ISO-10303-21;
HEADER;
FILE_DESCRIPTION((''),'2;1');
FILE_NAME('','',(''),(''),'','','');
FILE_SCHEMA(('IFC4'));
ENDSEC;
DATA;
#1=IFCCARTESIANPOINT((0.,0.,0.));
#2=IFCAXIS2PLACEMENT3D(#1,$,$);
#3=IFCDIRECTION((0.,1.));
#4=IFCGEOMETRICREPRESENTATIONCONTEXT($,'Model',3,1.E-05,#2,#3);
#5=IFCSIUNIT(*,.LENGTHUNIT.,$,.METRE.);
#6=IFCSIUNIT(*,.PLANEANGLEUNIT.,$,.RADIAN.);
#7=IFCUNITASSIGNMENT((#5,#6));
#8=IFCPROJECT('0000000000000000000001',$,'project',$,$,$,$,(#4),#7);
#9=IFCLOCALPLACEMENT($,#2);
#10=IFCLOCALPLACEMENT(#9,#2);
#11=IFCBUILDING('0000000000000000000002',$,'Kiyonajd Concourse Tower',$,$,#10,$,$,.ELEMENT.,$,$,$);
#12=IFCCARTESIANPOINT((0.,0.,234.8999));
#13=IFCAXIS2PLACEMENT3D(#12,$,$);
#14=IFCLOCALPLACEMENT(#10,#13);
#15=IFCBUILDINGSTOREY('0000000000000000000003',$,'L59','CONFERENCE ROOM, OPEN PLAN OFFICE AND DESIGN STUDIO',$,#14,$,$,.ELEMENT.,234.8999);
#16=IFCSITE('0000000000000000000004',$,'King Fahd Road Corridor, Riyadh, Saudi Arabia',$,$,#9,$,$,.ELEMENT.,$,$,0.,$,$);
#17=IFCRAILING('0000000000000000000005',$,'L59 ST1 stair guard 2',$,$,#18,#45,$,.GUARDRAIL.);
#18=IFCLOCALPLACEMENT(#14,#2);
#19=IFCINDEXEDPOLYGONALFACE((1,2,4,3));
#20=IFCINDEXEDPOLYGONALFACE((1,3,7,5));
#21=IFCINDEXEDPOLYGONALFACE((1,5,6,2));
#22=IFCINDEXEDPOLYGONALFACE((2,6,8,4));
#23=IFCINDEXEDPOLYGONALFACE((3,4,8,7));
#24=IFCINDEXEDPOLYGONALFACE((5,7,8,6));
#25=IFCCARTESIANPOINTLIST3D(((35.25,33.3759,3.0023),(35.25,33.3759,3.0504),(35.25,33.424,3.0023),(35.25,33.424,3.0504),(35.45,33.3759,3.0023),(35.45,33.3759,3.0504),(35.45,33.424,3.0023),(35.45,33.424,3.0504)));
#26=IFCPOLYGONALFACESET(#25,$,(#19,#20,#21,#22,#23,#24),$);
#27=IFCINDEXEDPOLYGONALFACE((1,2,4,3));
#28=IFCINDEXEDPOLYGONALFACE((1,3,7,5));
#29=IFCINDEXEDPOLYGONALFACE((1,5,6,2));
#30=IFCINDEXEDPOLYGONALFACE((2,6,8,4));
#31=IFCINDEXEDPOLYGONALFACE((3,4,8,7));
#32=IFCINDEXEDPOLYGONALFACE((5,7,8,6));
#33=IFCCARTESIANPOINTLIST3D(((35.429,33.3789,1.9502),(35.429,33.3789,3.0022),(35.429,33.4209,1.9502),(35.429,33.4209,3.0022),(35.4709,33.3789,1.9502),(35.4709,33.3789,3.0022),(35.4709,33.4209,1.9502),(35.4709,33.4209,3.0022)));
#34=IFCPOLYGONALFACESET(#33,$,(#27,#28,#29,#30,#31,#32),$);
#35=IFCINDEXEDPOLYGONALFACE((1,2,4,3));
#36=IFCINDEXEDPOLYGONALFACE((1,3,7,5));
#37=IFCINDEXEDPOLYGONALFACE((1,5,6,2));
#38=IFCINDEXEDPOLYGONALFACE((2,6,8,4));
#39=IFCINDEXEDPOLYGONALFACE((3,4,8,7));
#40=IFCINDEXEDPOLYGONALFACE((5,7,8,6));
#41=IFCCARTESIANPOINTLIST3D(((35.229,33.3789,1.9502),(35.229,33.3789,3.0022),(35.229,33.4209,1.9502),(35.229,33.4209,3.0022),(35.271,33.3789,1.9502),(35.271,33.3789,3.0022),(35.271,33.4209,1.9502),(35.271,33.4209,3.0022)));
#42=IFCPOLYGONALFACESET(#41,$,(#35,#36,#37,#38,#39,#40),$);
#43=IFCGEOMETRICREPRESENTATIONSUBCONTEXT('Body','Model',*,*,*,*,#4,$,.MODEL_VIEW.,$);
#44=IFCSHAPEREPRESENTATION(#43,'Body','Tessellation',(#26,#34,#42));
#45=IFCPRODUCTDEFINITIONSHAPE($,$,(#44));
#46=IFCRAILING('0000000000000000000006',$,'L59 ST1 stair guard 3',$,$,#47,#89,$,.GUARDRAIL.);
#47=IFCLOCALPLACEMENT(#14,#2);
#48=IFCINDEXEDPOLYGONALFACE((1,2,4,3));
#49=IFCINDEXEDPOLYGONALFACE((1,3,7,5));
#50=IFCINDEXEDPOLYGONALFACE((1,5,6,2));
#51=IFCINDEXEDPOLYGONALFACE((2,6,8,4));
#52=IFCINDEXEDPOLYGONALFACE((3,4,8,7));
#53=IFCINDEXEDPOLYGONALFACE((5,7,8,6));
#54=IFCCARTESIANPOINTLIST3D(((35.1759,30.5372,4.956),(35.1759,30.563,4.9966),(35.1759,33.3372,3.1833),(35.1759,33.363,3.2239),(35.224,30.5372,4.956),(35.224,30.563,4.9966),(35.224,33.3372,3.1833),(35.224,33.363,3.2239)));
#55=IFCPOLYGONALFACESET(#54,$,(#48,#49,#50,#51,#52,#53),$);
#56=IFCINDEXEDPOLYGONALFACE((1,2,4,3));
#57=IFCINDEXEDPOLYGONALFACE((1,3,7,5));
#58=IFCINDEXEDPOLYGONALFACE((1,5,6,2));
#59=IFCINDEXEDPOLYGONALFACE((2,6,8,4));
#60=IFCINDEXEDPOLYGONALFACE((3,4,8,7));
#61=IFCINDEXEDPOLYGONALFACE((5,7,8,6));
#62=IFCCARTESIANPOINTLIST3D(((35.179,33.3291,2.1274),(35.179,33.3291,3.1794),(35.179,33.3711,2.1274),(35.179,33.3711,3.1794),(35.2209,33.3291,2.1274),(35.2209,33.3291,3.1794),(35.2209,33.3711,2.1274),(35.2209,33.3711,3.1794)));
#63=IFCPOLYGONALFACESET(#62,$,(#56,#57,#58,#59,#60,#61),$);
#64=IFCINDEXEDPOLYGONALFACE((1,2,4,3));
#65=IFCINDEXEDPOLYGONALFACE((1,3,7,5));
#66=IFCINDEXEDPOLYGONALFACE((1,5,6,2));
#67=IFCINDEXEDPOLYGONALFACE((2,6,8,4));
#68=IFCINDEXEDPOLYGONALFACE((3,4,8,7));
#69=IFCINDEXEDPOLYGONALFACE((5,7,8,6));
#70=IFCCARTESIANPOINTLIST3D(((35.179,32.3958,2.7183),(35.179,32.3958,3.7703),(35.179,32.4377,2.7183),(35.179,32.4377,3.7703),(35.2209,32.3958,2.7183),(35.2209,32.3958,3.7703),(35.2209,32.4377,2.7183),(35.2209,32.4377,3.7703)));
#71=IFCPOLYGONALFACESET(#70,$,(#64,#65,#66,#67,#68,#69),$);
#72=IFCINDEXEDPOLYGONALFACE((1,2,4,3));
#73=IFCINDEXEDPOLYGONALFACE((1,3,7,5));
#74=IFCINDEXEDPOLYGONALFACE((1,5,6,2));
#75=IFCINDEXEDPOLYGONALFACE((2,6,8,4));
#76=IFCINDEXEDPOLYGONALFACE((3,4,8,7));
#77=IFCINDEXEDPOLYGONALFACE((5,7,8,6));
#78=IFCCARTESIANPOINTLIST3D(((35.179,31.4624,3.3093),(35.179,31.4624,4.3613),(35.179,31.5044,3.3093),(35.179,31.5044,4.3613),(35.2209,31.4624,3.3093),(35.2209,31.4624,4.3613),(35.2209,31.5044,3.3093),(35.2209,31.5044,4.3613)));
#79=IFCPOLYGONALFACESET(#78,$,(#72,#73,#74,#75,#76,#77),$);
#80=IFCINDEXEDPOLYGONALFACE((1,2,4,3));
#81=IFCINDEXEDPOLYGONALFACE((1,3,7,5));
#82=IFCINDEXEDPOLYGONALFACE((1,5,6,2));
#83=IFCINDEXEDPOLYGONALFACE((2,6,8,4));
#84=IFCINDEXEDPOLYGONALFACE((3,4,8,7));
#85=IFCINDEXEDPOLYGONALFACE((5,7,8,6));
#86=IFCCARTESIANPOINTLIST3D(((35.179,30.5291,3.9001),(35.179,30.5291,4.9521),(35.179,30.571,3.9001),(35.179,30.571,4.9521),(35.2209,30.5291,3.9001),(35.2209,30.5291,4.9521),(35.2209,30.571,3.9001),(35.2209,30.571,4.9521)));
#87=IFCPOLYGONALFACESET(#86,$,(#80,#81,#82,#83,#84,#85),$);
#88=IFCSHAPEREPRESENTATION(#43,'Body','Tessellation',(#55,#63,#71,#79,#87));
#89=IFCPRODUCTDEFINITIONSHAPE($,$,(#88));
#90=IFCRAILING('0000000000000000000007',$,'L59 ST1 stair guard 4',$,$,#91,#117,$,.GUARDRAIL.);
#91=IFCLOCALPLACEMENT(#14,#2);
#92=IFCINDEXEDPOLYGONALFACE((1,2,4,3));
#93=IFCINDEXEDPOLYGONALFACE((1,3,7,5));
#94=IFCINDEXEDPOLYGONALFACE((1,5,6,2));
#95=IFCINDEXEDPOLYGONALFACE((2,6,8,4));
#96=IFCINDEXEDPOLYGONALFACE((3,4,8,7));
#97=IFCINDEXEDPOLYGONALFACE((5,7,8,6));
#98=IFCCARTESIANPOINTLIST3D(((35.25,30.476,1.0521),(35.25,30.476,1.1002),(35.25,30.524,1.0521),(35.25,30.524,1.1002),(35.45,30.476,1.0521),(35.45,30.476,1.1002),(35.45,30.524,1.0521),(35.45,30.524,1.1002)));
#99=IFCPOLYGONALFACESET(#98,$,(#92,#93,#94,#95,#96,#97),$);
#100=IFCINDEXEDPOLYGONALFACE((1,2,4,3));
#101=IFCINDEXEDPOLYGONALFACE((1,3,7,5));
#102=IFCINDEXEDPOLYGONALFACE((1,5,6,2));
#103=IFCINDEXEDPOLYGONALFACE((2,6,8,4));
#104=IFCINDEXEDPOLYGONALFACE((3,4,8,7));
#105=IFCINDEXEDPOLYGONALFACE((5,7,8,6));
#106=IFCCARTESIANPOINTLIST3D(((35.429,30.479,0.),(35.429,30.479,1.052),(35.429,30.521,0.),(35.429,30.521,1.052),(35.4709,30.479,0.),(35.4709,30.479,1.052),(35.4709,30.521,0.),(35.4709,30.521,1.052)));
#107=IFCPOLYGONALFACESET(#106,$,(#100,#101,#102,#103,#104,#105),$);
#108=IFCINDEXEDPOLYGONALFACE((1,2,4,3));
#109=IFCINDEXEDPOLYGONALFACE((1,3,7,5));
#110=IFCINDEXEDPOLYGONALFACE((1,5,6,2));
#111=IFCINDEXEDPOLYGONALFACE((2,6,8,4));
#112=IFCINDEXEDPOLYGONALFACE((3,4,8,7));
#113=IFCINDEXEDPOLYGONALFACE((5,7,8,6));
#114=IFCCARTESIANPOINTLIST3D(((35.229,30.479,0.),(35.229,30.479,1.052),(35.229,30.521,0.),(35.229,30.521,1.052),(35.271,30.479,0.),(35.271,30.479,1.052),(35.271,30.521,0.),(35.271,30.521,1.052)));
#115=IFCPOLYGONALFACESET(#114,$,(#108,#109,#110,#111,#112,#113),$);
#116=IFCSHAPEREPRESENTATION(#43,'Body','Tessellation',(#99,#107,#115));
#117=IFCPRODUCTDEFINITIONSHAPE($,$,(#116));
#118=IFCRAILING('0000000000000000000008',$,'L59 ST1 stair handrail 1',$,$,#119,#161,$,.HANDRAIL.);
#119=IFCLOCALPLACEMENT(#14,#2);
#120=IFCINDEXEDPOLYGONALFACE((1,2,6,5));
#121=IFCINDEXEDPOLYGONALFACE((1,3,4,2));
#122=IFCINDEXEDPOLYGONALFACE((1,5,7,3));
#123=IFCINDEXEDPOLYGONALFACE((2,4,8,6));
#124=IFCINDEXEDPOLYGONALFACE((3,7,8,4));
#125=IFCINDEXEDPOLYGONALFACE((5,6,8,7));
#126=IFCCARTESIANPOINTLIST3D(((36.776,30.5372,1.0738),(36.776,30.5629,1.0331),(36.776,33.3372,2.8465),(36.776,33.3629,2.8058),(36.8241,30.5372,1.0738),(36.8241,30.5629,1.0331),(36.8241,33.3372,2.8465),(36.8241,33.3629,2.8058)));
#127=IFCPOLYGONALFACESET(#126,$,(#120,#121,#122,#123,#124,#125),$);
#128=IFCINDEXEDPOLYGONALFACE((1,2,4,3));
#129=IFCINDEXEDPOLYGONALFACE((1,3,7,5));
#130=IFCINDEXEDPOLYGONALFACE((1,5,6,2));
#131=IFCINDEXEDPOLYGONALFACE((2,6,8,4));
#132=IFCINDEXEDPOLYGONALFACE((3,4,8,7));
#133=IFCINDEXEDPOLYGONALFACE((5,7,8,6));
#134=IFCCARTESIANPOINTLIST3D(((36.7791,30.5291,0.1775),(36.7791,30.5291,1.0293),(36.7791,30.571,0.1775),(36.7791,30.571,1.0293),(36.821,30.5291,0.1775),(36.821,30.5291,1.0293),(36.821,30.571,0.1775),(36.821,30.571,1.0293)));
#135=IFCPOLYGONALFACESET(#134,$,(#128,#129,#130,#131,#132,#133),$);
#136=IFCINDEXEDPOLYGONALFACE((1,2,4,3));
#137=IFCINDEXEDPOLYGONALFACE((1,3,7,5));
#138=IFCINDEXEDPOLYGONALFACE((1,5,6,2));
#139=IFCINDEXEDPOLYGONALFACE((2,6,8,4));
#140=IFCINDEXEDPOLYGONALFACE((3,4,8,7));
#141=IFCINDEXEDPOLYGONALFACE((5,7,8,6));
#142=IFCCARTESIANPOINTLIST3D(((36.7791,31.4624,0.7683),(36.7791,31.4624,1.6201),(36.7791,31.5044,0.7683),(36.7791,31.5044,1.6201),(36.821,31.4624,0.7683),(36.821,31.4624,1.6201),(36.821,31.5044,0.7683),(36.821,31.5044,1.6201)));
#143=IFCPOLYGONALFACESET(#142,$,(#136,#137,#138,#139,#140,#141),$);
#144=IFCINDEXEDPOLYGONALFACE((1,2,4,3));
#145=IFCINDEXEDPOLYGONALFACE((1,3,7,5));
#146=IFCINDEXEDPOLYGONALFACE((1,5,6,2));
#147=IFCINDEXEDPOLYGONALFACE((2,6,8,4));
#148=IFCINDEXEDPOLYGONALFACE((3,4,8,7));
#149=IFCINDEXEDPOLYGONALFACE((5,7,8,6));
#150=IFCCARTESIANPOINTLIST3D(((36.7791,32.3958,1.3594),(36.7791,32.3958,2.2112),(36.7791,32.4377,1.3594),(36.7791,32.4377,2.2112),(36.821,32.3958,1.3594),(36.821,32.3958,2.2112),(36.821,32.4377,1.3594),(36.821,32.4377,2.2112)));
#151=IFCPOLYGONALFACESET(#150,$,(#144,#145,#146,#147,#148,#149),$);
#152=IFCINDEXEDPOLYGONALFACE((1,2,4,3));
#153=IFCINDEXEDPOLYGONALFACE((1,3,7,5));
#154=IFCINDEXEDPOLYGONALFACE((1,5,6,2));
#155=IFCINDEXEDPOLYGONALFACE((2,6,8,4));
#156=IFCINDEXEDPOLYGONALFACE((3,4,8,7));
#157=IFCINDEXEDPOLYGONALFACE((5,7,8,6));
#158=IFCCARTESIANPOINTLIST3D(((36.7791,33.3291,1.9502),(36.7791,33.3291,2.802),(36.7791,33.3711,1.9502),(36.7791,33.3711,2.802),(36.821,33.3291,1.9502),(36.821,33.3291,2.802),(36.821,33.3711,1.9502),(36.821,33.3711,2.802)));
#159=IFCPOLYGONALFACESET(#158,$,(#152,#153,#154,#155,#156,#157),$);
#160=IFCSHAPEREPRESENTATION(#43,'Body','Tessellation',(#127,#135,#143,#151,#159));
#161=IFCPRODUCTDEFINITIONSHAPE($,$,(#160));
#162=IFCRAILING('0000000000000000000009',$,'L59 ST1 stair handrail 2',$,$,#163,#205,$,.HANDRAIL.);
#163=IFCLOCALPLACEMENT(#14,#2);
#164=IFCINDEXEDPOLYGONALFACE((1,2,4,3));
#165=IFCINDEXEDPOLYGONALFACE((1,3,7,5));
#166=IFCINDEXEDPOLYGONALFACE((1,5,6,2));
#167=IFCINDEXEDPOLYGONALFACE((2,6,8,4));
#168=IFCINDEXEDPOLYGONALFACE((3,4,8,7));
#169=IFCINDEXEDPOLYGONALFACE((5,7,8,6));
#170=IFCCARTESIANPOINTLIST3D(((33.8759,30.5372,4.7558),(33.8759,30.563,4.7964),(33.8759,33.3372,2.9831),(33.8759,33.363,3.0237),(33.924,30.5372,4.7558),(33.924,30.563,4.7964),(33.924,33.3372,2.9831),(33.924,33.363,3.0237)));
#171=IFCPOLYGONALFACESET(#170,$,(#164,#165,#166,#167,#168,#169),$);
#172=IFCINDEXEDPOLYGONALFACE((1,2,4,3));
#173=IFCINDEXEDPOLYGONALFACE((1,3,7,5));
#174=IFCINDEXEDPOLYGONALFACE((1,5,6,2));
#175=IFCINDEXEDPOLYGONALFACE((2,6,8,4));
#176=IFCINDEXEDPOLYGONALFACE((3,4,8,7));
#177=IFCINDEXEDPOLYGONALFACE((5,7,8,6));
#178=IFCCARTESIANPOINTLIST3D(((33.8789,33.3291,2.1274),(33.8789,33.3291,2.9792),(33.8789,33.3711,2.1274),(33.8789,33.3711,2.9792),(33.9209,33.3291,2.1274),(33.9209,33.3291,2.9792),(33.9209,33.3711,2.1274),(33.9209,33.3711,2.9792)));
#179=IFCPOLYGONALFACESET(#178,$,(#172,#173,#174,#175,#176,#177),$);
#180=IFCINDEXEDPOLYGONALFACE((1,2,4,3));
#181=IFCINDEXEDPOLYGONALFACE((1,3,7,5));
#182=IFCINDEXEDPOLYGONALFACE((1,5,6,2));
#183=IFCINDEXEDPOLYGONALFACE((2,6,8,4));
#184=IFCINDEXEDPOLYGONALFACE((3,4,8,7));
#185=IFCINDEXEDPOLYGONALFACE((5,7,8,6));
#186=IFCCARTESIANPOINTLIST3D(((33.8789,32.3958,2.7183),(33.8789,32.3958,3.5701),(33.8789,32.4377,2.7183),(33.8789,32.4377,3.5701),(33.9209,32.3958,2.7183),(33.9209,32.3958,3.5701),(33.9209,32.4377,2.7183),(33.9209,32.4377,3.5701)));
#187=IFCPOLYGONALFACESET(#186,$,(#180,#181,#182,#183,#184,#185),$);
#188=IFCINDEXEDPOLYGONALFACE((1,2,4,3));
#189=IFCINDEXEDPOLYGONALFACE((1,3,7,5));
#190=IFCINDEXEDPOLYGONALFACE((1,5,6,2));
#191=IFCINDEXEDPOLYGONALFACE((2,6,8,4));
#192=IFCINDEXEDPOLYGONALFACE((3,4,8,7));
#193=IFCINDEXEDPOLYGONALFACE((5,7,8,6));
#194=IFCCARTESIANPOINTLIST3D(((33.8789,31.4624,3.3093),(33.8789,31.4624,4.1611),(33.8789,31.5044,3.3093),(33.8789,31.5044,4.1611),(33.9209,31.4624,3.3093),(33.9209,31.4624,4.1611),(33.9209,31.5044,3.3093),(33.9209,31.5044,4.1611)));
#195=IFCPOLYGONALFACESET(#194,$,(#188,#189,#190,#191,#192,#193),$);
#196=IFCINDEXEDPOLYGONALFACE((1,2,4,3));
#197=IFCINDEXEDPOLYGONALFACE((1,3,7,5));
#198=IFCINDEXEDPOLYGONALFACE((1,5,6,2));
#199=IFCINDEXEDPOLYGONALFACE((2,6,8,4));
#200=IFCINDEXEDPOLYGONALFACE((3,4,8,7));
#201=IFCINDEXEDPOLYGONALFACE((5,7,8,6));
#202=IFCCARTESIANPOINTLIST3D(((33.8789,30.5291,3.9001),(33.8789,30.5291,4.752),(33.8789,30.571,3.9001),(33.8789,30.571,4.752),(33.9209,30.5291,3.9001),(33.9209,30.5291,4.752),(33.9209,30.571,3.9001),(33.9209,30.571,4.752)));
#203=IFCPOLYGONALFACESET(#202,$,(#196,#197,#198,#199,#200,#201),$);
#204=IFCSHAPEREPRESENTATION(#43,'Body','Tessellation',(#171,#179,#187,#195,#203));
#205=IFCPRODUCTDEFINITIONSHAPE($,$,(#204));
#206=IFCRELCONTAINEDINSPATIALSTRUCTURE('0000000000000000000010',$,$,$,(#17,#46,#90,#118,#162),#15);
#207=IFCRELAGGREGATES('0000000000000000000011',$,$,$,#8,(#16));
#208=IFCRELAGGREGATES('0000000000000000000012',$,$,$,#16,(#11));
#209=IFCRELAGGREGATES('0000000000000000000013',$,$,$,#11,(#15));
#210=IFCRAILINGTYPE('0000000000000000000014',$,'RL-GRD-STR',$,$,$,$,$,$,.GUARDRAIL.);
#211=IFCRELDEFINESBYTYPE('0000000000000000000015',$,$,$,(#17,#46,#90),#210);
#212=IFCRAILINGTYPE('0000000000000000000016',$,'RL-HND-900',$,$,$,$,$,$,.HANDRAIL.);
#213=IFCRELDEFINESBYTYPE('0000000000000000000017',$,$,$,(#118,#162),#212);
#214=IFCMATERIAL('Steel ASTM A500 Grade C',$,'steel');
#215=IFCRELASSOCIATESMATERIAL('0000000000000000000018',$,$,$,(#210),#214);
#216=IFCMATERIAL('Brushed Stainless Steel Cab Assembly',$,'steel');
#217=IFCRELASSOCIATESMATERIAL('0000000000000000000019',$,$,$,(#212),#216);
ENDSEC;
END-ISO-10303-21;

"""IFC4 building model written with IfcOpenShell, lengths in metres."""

from ifc_helpers import new_model, si_unit, direction, frame, origin, origin_2d, place, context, subcontext, project, spatial, rectangle, extrude, material, type_object, element, save


model = new_model("IFC4")

# Units and contexts
model_context = context("Model", 3, precision=1e-05, world=origin(), true_north=direction((0.0, 1.0)))
body_context = subcontext(model_context, "Body", "Model", "MODEL_VIEW")
ifc_project = project(units=[si_unit("LENGTHUNIT", "METRE"), si_unit("PLANEANGLEUNIT", "RADIAN")], contexts=[model_context])

# Site, building, storey
site_placement = place(None, origin())
site = spatial("IfcSite", under=ifc_project, at=site_placement, Name="King Fahd Road Corridor, Riyadh, Saudi Arabia", CompositionType="ELEMENT", RefElevation=0.0)
building_placement = place(site_placement, origin())
building = spatial("IfcBuilding", under=site, at=building_placement, Name="Kiyonajd Concourse Tower", CompositionType="ELEMENT")
storey_placement = place(building_placement, frame((0.0, 0.0, 234.8999)))
storey = spatial("IfcBuildingStorey", under=building, at=storey_placement, Name="L59", Description="CONFERENCE ROOM, OPEN PLAN OFFICE AND DESIGN STUDIO", CompositionType="ELEMENT", Elevation=234.8999)

# Shared definitions
ifc_material_1 = material(Name="Brushed Stainless Steel Cab Assembly", Category="steel")

# Railings
ifc_material_2 = material(Name="Steel ASTM A500 Grade C", Category="steel")
railing_type_1 = type_object("IfcRailingType", Name="RL-GRD-STR", PredefinedType="GUARDRAIL", material=ifc_material_2)
railing_1_placement = place(storey_placement, frame((35.45, 33.3999, 1.9502)))
element("IfcRailing", 1, at=railing_1_placement, inside=storey, type_object=railing_type_1, Name="L59 ST1 stair guard 2", PredefinedType="GUARDRAIL", context=body_context, shape_type="SweptSolid", body=[
    extrude(rectangle(XDim=0.0481, YDim=0.0481, at=origin_2d()), frame((0.0, 0.0, 1.0762), z_axis=(-1.0, 0.0, 0.0), x_axis=(0.0, -1.0, 0.0)), (0.0, 0.0, 1.0), 0.2),
    extrude(rectangle(XDim=0.042, YDim=0.042, at=origin_2d()), origin(), (0.0, 0.0, 1.0), 1.052),
    extrude(rectangle(XDim=0.042, YDim=0.042, at=origin_2d()), frame((-0.2, 0.0, 0.0)), (0.0, 0.0, 1.0), 1.052),
])
railing_2_placement = place(storey_placement, frame((35.2, 33.3501, 2.1274)))
element("IfcRailing", 2, at=railing_2_placement, inside=storey, type_object=railing_type_1, Name="L59 ST1 stair guard 3", PredefinedType="GUARDRAIL", context=body_context, shape_type="SweptSolid", body=[
    extrude(rectangle(XDim=0.0481, YDim=0.0481, at=origin_2d()), frame((0.0, 0.0, 1.0762), z_axis=(0.0, -0.844909, 0.53491), x_axis=(1.0, 0.0, 0.0)), (0.0, 0.0, 1.0), 3.314),
    extrude(rectangle(XDim=0.042, YDim=0.042, at=origin_2d()), origin(), (0.0, 0.0, 1.0), 1.052),
    extrude(rectangle(XDim=0.042, YDim=0.042, at=origin_2d()), frame((0.0, -0.9333, 0.5908)), (0.0, 0.0, 1.0), 1.052),
    extrude(rectangle(XDim=0.042, YDim=0.042, at=origin_2d()), frame((0.0, -1.8667, 1.1819)), (0.0, 0.0, 1.0), 1.052),
    extrude(rectangle(XDim=0.042, YDim=0.042, at=origin_2d()), frame((0.0, -2.8, 1.7727)), (0.0, 0.0, 1.0), 1.052),
])
railing_3_placement = place(storey_placement, frame((35.45, 30.5, 0.0)))
element("IfcRailing", 3, at=railing_3_placement, inside=storey, type_object=railing_type_1, Name="L59 ST1 stair guard 4", PredefinedType="GUARDRAIL", context=body_context, shape_type="SweptSolid", body=[
    extrude(rectangle(XDim=0.0481, YDim=0.0481, at=origin_2d()), frame((0.0, 0.0, 1.0762), z_axis=(-1.0, 0.0, 0.0), x_axis=(0.0, -1.0, 0.0)), (0.0, 0.0, 1.0), 0.2),
    extrude(rectangle(XDim=0.042, YDim=0.042, at=origin_2d()), origin(), (0.0, 0.0, 1.0), 1.052),
    extrude(rectangle(XDim=0.042, YDim=0.042, at=origin_2d()), frame((-0.2, 0.0, 0.0)), (0.0, 0.0, 1.0), 1.052),
])
railing_type_2 = type_object("IfcRailingType", Name="RL-HND-900", PredefinedType="HANDRAIL", material=ifc_material_1)
railing_4_placement = place(storey_placement, frame((36.8, 30.55, 0.1775)))
element("IfcRailing", 4, at=railing_4_placement, inside=storey, type_object=railing_type_2, Name="L59 ST1 stair handrail 1", PredefinedType="HANDRAIL", context=body_context, shape_type="SweptSolid", body=[
    extrude(rectangle(XDim=0.0481, YDim=0.0481, at=origin_2d()), frame((0.0, 0.0, 0.876), z_axis=(0.0, 0.844909, 0.53491), x_axis=(-1.0, 0.0, 0.0)), (0.0, 0.0, 1.0), 3.314),
    extrude(rectangle(XDim=0.042, YDim=0.042, at=origin_2d()), origin(), (0.0, 0.0, 1.0), 0.8518),
    extrude(rectangle(XDim=0.042, YDim=0.042, at=origin_2d()), frame((0.0, 0.9333, 0.5908)), (0.0, 0.0, 1.0), 0.8518),
    extrude(rectangle(XDim=0.042, YDim=0.042, at=origin_2d()), frame((0.0, 1.8667, 1.1819)), (0.0, 0.0, 1.0), 0.8518),
    extrude(rectangle(XDim=0.042, YDim=0.042, at=origin_2d()), frame((0.0, 2.8, 1.7727)), (0.0, 0.0, 1.0), 0.8518),
])
railing_5_placement = place(storey_placement, frame((33.8999, 33.3501, 2.1274)))
element("IfcRailing", 5, at=railing_5_placement, inside=storey, type_object=railing_type_2, Name="L59 ST1 stair handrail 2", PredefinedType="HANDRAIL", context=body_context, shape_type="SweptSolid", body=[
    extrude(rectangle(XDim=0.0481, YDim=0.0481, at=origin_2d()), frame((0.0, 0.0, 0.876), z_axis=(0.0, -0.844909, 0.53491), x_axis=(1.0, 0.0, 0.0)), (0.0, 0.0, 1.0), 3.314),
    extrude(rectangle(XDim=0.042, YDim=0.042, at=origin_2d()), origin(), (0.0, 0.0, 1.0), 0.8518),
    extrude(rectangle(XDim=0.042, YDim=0.042, at=origin_2d()), frame((0.0, -0.9333, 0.5908)), (0.0, 0.0, 1.0), 0.8518),
    extrude(rectangle(XDim=0.042, YDim=0.042, at=origin_2d()), frame((0.0, -1.8667, 1.1819)), (0.0, 0.0, 1.0), 0.8518),
    extrude(rectangle(XDim=0.042, YDim=0.042, at=origin_2d()), frame((0.0, -2.8, 1.7727)), (0.0, 0.0, 1.0), 0.8518),
])

save(model, "model.ifc")
